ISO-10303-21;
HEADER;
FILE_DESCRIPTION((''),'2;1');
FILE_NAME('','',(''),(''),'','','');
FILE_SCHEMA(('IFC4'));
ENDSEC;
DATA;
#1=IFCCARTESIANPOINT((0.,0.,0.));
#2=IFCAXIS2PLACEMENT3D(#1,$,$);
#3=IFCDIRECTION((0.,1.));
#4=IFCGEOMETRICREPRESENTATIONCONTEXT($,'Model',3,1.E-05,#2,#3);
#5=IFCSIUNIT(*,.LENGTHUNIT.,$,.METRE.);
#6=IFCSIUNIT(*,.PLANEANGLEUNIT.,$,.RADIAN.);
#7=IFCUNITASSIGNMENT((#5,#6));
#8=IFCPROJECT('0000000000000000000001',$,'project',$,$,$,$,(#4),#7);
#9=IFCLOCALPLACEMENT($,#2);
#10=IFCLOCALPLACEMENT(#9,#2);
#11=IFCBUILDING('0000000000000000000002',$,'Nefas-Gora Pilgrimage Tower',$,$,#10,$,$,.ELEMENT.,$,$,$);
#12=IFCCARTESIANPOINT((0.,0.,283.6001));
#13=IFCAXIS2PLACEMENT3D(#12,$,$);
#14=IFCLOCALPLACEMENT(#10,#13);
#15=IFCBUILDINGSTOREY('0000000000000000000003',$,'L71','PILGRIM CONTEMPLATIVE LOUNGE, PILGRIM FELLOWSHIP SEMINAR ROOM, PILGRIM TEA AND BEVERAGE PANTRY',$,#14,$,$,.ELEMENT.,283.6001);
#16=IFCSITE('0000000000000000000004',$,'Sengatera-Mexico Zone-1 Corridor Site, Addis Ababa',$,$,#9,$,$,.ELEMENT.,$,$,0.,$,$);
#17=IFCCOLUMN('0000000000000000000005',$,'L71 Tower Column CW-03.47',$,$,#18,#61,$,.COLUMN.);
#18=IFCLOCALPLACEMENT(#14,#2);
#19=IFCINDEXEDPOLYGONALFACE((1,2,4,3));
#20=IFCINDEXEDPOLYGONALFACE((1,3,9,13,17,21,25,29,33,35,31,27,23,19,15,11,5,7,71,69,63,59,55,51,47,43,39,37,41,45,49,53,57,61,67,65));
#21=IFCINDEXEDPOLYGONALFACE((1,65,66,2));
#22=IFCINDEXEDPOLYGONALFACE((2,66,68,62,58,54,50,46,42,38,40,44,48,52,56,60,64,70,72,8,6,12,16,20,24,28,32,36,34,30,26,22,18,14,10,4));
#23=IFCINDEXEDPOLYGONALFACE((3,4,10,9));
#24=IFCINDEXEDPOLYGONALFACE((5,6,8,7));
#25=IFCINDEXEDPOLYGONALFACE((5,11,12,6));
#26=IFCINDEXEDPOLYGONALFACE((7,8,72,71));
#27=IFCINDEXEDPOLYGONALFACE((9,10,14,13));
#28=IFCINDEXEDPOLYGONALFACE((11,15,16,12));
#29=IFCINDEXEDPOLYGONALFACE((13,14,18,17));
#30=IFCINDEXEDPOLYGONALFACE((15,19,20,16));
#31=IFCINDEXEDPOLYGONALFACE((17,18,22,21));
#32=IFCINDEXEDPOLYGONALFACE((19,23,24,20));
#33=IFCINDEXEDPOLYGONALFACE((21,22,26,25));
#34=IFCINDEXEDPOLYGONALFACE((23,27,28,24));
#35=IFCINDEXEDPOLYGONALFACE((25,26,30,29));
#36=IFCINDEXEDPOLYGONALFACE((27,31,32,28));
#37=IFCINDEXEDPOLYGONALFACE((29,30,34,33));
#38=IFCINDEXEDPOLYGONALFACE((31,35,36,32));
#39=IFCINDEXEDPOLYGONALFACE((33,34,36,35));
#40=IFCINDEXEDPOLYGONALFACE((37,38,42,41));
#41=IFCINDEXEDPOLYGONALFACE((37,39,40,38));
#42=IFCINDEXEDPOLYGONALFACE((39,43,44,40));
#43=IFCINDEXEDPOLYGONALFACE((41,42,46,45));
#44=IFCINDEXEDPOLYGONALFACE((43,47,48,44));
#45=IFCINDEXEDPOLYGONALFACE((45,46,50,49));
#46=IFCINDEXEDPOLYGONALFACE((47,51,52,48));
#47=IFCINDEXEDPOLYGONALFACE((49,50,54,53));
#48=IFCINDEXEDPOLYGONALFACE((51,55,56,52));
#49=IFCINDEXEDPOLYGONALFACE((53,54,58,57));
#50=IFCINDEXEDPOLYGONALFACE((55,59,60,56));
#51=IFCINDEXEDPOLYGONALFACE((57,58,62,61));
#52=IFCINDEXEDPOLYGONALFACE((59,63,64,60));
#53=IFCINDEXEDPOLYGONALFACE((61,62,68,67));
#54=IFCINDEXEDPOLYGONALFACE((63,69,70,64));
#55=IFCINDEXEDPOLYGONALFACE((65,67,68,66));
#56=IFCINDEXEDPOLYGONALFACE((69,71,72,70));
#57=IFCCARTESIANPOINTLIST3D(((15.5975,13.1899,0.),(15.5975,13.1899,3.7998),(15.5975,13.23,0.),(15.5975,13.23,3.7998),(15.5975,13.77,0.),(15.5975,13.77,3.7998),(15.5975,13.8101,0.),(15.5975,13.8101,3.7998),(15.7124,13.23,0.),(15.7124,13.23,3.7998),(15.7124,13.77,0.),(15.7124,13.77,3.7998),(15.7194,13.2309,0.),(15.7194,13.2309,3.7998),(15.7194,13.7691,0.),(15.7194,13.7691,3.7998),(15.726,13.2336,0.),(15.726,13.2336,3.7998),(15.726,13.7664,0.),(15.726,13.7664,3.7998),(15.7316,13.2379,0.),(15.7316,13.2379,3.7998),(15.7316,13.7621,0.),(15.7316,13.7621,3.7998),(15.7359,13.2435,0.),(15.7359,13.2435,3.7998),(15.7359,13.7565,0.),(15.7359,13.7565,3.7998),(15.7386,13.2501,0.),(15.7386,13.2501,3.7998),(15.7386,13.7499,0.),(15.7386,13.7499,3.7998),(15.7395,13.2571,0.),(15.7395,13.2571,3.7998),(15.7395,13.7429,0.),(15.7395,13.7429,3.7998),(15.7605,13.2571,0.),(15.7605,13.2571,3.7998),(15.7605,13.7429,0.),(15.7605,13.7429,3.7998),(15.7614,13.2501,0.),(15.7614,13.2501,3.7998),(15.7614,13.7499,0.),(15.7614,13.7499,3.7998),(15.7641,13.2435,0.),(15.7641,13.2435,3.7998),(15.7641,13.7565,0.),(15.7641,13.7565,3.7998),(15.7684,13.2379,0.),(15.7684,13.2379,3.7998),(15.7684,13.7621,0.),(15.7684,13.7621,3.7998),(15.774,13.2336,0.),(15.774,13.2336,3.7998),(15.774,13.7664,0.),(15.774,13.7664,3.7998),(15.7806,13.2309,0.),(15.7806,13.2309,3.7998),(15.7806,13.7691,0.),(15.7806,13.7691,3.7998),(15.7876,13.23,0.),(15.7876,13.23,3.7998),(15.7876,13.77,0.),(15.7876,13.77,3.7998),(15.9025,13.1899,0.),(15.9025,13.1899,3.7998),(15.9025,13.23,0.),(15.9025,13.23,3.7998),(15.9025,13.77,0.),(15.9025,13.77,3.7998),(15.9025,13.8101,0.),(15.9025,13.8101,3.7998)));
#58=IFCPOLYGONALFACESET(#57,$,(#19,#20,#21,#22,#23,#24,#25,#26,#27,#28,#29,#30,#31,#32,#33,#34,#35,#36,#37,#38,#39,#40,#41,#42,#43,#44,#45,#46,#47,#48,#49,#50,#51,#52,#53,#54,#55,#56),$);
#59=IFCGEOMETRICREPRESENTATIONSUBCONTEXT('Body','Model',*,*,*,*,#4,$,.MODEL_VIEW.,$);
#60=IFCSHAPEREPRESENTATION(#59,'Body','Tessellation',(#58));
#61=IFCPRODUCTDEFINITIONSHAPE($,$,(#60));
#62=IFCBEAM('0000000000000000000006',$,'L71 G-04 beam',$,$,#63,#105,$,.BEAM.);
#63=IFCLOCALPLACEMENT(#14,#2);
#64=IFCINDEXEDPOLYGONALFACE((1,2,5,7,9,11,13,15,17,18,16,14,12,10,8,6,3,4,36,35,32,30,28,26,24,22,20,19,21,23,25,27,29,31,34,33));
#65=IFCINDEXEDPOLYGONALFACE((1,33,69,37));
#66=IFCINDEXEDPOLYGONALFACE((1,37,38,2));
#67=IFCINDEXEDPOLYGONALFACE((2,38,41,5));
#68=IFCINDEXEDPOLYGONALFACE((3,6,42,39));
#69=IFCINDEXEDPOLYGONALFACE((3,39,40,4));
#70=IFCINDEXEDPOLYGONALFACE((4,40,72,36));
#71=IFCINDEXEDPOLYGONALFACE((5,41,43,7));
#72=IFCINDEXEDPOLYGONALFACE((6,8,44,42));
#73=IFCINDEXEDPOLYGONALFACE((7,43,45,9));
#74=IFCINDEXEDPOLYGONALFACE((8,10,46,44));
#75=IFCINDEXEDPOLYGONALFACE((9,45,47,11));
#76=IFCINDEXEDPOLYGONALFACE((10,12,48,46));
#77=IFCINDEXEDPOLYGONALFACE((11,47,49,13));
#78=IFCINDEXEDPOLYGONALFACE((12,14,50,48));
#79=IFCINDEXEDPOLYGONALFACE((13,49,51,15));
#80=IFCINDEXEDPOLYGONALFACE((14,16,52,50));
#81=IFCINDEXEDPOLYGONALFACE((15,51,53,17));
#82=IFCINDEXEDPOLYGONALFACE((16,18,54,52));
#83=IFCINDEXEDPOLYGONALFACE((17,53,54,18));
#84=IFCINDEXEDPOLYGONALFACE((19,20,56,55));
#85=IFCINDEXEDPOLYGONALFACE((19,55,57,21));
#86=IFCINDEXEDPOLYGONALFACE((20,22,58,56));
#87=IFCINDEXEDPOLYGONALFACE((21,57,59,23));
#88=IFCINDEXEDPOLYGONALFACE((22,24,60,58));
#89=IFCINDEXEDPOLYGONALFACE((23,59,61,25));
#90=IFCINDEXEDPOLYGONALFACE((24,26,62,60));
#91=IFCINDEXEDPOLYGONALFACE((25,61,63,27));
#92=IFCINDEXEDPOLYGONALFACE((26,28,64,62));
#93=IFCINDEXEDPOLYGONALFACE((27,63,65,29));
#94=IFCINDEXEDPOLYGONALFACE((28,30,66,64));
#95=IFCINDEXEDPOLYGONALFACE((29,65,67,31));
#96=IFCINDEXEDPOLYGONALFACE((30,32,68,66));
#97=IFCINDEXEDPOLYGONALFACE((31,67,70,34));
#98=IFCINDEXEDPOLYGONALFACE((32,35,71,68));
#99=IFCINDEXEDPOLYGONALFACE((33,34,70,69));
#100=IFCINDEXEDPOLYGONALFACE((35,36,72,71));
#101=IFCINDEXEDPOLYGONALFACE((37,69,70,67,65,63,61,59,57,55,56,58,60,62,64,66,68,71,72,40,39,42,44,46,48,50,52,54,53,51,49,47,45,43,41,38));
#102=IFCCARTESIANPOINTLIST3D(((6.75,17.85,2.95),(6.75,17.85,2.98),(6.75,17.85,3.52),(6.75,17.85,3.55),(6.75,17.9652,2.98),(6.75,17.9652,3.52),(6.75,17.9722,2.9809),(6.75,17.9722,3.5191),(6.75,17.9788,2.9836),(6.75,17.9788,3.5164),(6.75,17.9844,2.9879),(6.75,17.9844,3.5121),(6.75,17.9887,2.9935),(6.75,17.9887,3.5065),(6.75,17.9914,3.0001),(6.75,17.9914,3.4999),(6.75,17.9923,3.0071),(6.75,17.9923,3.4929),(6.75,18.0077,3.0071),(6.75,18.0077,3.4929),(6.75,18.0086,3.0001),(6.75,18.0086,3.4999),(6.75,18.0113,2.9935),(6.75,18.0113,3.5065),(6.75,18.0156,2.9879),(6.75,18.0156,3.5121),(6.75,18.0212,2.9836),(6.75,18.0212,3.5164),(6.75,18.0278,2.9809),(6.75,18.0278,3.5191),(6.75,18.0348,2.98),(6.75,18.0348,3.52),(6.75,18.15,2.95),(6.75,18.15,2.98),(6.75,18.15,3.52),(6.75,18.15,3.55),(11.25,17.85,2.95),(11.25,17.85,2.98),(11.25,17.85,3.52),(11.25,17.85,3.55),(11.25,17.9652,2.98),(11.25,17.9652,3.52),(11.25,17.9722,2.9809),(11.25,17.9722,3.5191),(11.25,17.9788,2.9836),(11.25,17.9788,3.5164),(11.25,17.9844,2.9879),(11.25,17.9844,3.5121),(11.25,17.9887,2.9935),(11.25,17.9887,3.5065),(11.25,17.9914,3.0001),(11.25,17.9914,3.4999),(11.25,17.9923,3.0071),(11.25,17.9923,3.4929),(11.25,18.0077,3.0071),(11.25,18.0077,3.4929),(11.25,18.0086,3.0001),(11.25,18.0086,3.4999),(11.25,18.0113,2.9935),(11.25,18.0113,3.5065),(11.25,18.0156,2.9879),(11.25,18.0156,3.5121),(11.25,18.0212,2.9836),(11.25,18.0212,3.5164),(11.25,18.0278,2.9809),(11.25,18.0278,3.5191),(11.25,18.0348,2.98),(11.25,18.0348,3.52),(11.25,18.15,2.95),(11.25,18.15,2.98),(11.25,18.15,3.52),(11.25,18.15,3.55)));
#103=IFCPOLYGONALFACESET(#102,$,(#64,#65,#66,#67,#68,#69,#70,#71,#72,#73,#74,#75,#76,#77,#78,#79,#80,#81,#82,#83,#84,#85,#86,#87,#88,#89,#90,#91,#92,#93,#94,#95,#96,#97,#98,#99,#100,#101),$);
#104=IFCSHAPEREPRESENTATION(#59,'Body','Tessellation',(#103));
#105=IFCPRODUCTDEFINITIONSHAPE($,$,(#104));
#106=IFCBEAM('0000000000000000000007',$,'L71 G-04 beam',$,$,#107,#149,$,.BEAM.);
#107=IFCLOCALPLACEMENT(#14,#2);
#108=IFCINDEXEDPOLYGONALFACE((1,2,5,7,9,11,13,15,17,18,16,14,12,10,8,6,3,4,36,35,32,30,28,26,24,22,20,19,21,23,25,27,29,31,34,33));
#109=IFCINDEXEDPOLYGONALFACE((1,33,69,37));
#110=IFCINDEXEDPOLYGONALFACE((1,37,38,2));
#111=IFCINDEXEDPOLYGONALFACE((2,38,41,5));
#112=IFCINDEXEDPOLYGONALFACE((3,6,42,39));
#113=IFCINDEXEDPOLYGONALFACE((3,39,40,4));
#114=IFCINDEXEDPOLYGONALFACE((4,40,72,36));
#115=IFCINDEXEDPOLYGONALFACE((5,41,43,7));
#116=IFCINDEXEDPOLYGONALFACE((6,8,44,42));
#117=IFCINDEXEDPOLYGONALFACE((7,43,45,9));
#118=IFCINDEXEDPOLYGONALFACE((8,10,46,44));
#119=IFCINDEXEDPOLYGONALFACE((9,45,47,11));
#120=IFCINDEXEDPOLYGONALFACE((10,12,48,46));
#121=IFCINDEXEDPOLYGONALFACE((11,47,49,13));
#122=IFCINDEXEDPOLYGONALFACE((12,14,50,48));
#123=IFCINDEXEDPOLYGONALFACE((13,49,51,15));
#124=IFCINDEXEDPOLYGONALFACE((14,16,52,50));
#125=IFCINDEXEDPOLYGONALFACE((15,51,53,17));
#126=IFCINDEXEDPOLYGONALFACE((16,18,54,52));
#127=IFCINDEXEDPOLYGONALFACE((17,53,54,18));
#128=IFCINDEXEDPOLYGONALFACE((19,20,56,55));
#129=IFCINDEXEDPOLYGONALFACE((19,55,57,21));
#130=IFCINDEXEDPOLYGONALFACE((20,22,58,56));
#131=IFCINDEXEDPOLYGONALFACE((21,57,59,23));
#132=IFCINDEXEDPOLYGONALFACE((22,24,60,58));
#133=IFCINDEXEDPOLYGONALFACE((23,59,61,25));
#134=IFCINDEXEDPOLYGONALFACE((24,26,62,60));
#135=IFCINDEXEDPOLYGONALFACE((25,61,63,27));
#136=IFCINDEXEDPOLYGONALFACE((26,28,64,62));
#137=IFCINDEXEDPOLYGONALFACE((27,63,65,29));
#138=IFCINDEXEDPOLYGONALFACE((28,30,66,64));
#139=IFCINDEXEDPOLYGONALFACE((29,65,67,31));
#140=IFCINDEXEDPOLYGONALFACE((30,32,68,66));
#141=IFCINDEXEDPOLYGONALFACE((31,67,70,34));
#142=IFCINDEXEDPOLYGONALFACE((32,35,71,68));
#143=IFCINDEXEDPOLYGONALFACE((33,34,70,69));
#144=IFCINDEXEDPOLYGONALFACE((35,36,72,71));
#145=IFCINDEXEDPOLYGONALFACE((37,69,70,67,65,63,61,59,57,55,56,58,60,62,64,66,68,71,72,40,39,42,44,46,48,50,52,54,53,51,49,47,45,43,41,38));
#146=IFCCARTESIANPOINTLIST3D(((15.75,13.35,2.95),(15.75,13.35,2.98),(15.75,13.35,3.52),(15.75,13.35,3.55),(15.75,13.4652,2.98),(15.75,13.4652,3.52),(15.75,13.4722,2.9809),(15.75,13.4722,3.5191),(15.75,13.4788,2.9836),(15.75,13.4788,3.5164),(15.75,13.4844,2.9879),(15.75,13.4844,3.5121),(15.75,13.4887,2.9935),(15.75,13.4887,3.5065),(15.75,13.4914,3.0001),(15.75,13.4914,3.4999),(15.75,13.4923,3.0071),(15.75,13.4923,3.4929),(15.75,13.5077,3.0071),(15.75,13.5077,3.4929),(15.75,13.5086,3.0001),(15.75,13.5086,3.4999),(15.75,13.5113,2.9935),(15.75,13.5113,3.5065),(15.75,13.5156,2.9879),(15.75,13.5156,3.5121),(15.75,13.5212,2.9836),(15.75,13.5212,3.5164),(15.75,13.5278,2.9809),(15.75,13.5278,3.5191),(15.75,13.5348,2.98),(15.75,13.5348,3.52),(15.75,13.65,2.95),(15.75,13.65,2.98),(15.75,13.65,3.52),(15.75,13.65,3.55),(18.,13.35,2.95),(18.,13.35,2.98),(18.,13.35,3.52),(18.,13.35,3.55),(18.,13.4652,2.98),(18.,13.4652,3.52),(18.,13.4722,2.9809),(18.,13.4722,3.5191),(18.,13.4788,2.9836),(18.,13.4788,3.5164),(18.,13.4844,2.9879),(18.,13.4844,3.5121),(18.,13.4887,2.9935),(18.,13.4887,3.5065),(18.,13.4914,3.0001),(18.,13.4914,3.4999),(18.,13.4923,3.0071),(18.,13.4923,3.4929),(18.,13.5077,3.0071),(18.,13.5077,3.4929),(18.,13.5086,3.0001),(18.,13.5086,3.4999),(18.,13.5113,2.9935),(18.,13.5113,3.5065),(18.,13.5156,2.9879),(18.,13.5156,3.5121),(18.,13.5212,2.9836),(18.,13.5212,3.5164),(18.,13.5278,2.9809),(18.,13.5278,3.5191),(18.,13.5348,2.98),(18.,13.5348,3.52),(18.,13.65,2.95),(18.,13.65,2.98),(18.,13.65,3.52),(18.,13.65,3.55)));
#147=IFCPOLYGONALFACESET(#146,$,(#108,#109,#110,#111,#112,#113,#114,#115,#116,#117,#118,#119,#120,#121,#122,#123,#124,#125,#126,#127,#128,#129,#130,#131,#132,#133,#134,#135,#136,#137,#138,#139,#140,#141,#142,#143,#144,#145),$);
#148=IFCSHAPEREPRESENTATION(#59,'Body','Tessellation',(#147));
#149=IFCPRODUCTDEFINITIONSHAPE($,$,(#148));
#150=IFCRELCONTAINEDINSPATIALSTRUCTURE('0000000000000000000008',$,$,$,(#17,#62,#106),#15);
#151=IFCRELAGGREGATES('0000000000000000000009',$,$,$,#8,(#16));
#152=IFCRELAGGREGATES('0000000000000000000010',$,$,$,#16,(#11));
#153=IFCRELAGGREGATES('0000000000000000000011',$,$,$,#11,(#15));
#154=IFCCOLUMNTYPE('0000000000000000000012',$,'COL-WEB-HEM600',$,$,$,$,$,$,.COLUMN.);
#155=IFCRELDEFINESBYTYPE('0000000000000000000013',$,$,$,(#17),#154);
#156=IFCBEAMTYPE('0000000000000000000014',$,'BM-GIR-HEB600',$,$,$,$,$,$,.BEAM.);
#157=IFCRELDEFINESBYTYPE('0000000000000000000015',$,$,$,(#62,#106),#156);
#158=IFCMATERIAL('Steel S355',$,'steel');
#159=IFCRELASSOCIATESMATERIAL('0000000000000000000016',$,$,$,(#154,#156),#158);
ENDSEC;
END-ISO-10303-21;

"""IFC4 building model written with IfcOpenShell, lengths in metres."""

from ifc_helpers import new_model, si_unit, direction, frame, origin, origin_2d, place, context, subcontext, project, spatial, i_section, extrude, source, transform, mapped, material, material_profile, profile_set, type_object, element, save


model = new_model("IFC4")

# Units and contexts
model_context = context("Model", 3, precision=1e-05, world=origin(), true_north=direction((0.0, 1.0)))
body_context = subcontext(model_context, "Body", "Model", "MODEL_VIEW")
ifc_project = project(units=[si_unit("LENGTHUNIT", "METRE"), si_unit("PLANEANGLEUNIT", "RADIAN")], contexts=[model_context])

# Site, building, storey
site_placement = place(None, origin())
site = spatial("IfcSite", under=ifc_project, at=site_placement, Name="Sengatera-Mexico Zone-1 Corridor Site, Addis Ababa", CompositionType="ELEMENT", RefElevation=0.0)
building_placement = place(site_placement, origin())
building = spatial("IfcBuilding", under=site, at=building_placement, Name="Nefas-Gora Pilgrimage Tower", CompositionType="ELEMENT")
storey_placement = place(building_placement, frame((0.0, 0.0, 283.6001)))
storey = spatial("IfcBuildingStorey", under=building, at=storey_placement, Name="L71", Description="PILGRIM CONTEMPLATIVE LOUNGE, PILGRIM FELLOWSHIP SEMINAR ROOM, PILGRIM TEA AND BEVERAGE PANTRY", CompositionType="ELEMENT", Elevation=283.6001)

# Column
ifc_material_1 = material(Name="Steel S355", Category="steel")
ifc_material_profile_1 = material_profile(ifc_material_1, i_section(OverallWidth=0.3049, OverallDepth=0.6201, WebThickness=0.021, FlangeThickness=0.04, FilletRadius=0.0271, at=origin_2d()), Name="HEM 600")
ifc_profile_set_1 = profile_set([ifc_material_profile_1], Name="Steel S355")
column_type_1 = type_object("IfcColumnType", Name="COL-WEB-HEM600", PredefinedType="COLUMN", material=ifc_profile_set_1)
shared_shape_1 = source(origin(), body_context, "Body", "SweptSolid", [
    extrude(i_section(OverallWidth=0.3049, OverallDepth=0.6201, WebThickness=0.021, FlangeThickness=0.04, FilletRadius=0.0271, at=origin_2d()), origin(), (0.0, 0.0, 1.0), 3.7998),
])
for number, where, z_axis, x_axis, name in (
    (1, (15.75, 13.5, 0.0), (0.0, 0.0, 1.0), (1.0, 0.0, 0.0), "L71 Tower Column CW-03.47"),
):
    element("IfcColumn", number, at=place(storey_placement, frame(where, z_axis=z_axis, x_axis=x_axis)), inside=storey, type_object=column_type_1, Name=name, PredefinedType="COLUMN", context=body_context, shape_type="MappedRepresentation", body=[
        mapped(shared_shape_1, transform((0.0, 0.0, 0.0), x_axis=(1.0, 0.0, 0.0), y_axis=(0.0, 1.0, 0.0), z_axis=(0.0, 0.0, 1.0), scale=1.0)),
    ])

# Beams
ifc_material_profile_2 = material_profile(ifc_material_1, i_section(OverallWidth=0.3, OverallDepth=0.6001, WebThickness=0.0154, FlangeThickness=0.03, FilletRadius=0.0271, at=origin_2d()), Name="HEB 600")
ifc_profile_set_2 = profile_set([ifc_material_profile_2], Name="Steel S355")
beam_type = type_object("IfcBeamType", Name="BM-GIR-HEB600", PredefinedType="BEAM", material=ifc_profile_set_2)
shared_shape_2 = source(origin(), body_context, "Body", "SweptSolid", [
    extrude(i_section(OverallWidth=0.3, OverallDepth=0.6001, WebThickness=0.0154, FlangeThickness=0.03, FilletRadius=0.0271, at=origin_2d()), origin(), (0.0, 0.0, 1.0), 4.5),
])
beam_1_placement = place(storey_placement, frame((6.75, 18.0, 3.25), z_axis=(1.0, 0.0, 0.0), x_axis=(0.0, 1.0, 0.0)))
element("IfcBeam", 2, at=beam_1_placement, inside=storey, type_object=beam_type, Name="L71 G-04 beam", PredefinedType="BEAM", context=body_context, shape_type="MappedRepresentation", body=[
    mapped(shared_shape_2, transform((0.0, 0.0, 0.0), x_axis=(1.0, 0.0, 0.0), y_axis=(0.0, 1.0, 0.0), z_axis=(0.0, 0.0, 1.0), scale=1.0)),
])
shared_shape_3 = source(origin(), body_context, "Body", "SweptSolid", [
    extrude(i_section(OverallWidth=0.3, OverallDepth=0.6001, WebThickness=0.0154, FlangeThickness=0.03, FilletRadius=0.0271, at=origin_2d()), origin(), (0.0, 0.0, 1.0), 2.25),
])
beam_2_placement = place(storey_placement, frame((15.75, 13.5, 3.25), z_axis=(1.0, 0.0, 0.0), x_axis=(0.0, 1.0, 0.0)))
element("IfcBeam", 3, at=beam_2_placement, inside=storey, type_object=beam_type, Name="L71 G-04 beam", PredefinedType="BEAM", context=body_context, shape_type="MappedRepresentation", body=[
    mapped(shared_shape_3, transform((0.0, 0.0, 0.0), x_axis=(1.0, 0.0, 0.0), y_axis=(0.0, 1.0, 0.0), z_axis=(0.0, 0.0, 1.0), scale=1.0)),
])

save(model, "model.ifc")
